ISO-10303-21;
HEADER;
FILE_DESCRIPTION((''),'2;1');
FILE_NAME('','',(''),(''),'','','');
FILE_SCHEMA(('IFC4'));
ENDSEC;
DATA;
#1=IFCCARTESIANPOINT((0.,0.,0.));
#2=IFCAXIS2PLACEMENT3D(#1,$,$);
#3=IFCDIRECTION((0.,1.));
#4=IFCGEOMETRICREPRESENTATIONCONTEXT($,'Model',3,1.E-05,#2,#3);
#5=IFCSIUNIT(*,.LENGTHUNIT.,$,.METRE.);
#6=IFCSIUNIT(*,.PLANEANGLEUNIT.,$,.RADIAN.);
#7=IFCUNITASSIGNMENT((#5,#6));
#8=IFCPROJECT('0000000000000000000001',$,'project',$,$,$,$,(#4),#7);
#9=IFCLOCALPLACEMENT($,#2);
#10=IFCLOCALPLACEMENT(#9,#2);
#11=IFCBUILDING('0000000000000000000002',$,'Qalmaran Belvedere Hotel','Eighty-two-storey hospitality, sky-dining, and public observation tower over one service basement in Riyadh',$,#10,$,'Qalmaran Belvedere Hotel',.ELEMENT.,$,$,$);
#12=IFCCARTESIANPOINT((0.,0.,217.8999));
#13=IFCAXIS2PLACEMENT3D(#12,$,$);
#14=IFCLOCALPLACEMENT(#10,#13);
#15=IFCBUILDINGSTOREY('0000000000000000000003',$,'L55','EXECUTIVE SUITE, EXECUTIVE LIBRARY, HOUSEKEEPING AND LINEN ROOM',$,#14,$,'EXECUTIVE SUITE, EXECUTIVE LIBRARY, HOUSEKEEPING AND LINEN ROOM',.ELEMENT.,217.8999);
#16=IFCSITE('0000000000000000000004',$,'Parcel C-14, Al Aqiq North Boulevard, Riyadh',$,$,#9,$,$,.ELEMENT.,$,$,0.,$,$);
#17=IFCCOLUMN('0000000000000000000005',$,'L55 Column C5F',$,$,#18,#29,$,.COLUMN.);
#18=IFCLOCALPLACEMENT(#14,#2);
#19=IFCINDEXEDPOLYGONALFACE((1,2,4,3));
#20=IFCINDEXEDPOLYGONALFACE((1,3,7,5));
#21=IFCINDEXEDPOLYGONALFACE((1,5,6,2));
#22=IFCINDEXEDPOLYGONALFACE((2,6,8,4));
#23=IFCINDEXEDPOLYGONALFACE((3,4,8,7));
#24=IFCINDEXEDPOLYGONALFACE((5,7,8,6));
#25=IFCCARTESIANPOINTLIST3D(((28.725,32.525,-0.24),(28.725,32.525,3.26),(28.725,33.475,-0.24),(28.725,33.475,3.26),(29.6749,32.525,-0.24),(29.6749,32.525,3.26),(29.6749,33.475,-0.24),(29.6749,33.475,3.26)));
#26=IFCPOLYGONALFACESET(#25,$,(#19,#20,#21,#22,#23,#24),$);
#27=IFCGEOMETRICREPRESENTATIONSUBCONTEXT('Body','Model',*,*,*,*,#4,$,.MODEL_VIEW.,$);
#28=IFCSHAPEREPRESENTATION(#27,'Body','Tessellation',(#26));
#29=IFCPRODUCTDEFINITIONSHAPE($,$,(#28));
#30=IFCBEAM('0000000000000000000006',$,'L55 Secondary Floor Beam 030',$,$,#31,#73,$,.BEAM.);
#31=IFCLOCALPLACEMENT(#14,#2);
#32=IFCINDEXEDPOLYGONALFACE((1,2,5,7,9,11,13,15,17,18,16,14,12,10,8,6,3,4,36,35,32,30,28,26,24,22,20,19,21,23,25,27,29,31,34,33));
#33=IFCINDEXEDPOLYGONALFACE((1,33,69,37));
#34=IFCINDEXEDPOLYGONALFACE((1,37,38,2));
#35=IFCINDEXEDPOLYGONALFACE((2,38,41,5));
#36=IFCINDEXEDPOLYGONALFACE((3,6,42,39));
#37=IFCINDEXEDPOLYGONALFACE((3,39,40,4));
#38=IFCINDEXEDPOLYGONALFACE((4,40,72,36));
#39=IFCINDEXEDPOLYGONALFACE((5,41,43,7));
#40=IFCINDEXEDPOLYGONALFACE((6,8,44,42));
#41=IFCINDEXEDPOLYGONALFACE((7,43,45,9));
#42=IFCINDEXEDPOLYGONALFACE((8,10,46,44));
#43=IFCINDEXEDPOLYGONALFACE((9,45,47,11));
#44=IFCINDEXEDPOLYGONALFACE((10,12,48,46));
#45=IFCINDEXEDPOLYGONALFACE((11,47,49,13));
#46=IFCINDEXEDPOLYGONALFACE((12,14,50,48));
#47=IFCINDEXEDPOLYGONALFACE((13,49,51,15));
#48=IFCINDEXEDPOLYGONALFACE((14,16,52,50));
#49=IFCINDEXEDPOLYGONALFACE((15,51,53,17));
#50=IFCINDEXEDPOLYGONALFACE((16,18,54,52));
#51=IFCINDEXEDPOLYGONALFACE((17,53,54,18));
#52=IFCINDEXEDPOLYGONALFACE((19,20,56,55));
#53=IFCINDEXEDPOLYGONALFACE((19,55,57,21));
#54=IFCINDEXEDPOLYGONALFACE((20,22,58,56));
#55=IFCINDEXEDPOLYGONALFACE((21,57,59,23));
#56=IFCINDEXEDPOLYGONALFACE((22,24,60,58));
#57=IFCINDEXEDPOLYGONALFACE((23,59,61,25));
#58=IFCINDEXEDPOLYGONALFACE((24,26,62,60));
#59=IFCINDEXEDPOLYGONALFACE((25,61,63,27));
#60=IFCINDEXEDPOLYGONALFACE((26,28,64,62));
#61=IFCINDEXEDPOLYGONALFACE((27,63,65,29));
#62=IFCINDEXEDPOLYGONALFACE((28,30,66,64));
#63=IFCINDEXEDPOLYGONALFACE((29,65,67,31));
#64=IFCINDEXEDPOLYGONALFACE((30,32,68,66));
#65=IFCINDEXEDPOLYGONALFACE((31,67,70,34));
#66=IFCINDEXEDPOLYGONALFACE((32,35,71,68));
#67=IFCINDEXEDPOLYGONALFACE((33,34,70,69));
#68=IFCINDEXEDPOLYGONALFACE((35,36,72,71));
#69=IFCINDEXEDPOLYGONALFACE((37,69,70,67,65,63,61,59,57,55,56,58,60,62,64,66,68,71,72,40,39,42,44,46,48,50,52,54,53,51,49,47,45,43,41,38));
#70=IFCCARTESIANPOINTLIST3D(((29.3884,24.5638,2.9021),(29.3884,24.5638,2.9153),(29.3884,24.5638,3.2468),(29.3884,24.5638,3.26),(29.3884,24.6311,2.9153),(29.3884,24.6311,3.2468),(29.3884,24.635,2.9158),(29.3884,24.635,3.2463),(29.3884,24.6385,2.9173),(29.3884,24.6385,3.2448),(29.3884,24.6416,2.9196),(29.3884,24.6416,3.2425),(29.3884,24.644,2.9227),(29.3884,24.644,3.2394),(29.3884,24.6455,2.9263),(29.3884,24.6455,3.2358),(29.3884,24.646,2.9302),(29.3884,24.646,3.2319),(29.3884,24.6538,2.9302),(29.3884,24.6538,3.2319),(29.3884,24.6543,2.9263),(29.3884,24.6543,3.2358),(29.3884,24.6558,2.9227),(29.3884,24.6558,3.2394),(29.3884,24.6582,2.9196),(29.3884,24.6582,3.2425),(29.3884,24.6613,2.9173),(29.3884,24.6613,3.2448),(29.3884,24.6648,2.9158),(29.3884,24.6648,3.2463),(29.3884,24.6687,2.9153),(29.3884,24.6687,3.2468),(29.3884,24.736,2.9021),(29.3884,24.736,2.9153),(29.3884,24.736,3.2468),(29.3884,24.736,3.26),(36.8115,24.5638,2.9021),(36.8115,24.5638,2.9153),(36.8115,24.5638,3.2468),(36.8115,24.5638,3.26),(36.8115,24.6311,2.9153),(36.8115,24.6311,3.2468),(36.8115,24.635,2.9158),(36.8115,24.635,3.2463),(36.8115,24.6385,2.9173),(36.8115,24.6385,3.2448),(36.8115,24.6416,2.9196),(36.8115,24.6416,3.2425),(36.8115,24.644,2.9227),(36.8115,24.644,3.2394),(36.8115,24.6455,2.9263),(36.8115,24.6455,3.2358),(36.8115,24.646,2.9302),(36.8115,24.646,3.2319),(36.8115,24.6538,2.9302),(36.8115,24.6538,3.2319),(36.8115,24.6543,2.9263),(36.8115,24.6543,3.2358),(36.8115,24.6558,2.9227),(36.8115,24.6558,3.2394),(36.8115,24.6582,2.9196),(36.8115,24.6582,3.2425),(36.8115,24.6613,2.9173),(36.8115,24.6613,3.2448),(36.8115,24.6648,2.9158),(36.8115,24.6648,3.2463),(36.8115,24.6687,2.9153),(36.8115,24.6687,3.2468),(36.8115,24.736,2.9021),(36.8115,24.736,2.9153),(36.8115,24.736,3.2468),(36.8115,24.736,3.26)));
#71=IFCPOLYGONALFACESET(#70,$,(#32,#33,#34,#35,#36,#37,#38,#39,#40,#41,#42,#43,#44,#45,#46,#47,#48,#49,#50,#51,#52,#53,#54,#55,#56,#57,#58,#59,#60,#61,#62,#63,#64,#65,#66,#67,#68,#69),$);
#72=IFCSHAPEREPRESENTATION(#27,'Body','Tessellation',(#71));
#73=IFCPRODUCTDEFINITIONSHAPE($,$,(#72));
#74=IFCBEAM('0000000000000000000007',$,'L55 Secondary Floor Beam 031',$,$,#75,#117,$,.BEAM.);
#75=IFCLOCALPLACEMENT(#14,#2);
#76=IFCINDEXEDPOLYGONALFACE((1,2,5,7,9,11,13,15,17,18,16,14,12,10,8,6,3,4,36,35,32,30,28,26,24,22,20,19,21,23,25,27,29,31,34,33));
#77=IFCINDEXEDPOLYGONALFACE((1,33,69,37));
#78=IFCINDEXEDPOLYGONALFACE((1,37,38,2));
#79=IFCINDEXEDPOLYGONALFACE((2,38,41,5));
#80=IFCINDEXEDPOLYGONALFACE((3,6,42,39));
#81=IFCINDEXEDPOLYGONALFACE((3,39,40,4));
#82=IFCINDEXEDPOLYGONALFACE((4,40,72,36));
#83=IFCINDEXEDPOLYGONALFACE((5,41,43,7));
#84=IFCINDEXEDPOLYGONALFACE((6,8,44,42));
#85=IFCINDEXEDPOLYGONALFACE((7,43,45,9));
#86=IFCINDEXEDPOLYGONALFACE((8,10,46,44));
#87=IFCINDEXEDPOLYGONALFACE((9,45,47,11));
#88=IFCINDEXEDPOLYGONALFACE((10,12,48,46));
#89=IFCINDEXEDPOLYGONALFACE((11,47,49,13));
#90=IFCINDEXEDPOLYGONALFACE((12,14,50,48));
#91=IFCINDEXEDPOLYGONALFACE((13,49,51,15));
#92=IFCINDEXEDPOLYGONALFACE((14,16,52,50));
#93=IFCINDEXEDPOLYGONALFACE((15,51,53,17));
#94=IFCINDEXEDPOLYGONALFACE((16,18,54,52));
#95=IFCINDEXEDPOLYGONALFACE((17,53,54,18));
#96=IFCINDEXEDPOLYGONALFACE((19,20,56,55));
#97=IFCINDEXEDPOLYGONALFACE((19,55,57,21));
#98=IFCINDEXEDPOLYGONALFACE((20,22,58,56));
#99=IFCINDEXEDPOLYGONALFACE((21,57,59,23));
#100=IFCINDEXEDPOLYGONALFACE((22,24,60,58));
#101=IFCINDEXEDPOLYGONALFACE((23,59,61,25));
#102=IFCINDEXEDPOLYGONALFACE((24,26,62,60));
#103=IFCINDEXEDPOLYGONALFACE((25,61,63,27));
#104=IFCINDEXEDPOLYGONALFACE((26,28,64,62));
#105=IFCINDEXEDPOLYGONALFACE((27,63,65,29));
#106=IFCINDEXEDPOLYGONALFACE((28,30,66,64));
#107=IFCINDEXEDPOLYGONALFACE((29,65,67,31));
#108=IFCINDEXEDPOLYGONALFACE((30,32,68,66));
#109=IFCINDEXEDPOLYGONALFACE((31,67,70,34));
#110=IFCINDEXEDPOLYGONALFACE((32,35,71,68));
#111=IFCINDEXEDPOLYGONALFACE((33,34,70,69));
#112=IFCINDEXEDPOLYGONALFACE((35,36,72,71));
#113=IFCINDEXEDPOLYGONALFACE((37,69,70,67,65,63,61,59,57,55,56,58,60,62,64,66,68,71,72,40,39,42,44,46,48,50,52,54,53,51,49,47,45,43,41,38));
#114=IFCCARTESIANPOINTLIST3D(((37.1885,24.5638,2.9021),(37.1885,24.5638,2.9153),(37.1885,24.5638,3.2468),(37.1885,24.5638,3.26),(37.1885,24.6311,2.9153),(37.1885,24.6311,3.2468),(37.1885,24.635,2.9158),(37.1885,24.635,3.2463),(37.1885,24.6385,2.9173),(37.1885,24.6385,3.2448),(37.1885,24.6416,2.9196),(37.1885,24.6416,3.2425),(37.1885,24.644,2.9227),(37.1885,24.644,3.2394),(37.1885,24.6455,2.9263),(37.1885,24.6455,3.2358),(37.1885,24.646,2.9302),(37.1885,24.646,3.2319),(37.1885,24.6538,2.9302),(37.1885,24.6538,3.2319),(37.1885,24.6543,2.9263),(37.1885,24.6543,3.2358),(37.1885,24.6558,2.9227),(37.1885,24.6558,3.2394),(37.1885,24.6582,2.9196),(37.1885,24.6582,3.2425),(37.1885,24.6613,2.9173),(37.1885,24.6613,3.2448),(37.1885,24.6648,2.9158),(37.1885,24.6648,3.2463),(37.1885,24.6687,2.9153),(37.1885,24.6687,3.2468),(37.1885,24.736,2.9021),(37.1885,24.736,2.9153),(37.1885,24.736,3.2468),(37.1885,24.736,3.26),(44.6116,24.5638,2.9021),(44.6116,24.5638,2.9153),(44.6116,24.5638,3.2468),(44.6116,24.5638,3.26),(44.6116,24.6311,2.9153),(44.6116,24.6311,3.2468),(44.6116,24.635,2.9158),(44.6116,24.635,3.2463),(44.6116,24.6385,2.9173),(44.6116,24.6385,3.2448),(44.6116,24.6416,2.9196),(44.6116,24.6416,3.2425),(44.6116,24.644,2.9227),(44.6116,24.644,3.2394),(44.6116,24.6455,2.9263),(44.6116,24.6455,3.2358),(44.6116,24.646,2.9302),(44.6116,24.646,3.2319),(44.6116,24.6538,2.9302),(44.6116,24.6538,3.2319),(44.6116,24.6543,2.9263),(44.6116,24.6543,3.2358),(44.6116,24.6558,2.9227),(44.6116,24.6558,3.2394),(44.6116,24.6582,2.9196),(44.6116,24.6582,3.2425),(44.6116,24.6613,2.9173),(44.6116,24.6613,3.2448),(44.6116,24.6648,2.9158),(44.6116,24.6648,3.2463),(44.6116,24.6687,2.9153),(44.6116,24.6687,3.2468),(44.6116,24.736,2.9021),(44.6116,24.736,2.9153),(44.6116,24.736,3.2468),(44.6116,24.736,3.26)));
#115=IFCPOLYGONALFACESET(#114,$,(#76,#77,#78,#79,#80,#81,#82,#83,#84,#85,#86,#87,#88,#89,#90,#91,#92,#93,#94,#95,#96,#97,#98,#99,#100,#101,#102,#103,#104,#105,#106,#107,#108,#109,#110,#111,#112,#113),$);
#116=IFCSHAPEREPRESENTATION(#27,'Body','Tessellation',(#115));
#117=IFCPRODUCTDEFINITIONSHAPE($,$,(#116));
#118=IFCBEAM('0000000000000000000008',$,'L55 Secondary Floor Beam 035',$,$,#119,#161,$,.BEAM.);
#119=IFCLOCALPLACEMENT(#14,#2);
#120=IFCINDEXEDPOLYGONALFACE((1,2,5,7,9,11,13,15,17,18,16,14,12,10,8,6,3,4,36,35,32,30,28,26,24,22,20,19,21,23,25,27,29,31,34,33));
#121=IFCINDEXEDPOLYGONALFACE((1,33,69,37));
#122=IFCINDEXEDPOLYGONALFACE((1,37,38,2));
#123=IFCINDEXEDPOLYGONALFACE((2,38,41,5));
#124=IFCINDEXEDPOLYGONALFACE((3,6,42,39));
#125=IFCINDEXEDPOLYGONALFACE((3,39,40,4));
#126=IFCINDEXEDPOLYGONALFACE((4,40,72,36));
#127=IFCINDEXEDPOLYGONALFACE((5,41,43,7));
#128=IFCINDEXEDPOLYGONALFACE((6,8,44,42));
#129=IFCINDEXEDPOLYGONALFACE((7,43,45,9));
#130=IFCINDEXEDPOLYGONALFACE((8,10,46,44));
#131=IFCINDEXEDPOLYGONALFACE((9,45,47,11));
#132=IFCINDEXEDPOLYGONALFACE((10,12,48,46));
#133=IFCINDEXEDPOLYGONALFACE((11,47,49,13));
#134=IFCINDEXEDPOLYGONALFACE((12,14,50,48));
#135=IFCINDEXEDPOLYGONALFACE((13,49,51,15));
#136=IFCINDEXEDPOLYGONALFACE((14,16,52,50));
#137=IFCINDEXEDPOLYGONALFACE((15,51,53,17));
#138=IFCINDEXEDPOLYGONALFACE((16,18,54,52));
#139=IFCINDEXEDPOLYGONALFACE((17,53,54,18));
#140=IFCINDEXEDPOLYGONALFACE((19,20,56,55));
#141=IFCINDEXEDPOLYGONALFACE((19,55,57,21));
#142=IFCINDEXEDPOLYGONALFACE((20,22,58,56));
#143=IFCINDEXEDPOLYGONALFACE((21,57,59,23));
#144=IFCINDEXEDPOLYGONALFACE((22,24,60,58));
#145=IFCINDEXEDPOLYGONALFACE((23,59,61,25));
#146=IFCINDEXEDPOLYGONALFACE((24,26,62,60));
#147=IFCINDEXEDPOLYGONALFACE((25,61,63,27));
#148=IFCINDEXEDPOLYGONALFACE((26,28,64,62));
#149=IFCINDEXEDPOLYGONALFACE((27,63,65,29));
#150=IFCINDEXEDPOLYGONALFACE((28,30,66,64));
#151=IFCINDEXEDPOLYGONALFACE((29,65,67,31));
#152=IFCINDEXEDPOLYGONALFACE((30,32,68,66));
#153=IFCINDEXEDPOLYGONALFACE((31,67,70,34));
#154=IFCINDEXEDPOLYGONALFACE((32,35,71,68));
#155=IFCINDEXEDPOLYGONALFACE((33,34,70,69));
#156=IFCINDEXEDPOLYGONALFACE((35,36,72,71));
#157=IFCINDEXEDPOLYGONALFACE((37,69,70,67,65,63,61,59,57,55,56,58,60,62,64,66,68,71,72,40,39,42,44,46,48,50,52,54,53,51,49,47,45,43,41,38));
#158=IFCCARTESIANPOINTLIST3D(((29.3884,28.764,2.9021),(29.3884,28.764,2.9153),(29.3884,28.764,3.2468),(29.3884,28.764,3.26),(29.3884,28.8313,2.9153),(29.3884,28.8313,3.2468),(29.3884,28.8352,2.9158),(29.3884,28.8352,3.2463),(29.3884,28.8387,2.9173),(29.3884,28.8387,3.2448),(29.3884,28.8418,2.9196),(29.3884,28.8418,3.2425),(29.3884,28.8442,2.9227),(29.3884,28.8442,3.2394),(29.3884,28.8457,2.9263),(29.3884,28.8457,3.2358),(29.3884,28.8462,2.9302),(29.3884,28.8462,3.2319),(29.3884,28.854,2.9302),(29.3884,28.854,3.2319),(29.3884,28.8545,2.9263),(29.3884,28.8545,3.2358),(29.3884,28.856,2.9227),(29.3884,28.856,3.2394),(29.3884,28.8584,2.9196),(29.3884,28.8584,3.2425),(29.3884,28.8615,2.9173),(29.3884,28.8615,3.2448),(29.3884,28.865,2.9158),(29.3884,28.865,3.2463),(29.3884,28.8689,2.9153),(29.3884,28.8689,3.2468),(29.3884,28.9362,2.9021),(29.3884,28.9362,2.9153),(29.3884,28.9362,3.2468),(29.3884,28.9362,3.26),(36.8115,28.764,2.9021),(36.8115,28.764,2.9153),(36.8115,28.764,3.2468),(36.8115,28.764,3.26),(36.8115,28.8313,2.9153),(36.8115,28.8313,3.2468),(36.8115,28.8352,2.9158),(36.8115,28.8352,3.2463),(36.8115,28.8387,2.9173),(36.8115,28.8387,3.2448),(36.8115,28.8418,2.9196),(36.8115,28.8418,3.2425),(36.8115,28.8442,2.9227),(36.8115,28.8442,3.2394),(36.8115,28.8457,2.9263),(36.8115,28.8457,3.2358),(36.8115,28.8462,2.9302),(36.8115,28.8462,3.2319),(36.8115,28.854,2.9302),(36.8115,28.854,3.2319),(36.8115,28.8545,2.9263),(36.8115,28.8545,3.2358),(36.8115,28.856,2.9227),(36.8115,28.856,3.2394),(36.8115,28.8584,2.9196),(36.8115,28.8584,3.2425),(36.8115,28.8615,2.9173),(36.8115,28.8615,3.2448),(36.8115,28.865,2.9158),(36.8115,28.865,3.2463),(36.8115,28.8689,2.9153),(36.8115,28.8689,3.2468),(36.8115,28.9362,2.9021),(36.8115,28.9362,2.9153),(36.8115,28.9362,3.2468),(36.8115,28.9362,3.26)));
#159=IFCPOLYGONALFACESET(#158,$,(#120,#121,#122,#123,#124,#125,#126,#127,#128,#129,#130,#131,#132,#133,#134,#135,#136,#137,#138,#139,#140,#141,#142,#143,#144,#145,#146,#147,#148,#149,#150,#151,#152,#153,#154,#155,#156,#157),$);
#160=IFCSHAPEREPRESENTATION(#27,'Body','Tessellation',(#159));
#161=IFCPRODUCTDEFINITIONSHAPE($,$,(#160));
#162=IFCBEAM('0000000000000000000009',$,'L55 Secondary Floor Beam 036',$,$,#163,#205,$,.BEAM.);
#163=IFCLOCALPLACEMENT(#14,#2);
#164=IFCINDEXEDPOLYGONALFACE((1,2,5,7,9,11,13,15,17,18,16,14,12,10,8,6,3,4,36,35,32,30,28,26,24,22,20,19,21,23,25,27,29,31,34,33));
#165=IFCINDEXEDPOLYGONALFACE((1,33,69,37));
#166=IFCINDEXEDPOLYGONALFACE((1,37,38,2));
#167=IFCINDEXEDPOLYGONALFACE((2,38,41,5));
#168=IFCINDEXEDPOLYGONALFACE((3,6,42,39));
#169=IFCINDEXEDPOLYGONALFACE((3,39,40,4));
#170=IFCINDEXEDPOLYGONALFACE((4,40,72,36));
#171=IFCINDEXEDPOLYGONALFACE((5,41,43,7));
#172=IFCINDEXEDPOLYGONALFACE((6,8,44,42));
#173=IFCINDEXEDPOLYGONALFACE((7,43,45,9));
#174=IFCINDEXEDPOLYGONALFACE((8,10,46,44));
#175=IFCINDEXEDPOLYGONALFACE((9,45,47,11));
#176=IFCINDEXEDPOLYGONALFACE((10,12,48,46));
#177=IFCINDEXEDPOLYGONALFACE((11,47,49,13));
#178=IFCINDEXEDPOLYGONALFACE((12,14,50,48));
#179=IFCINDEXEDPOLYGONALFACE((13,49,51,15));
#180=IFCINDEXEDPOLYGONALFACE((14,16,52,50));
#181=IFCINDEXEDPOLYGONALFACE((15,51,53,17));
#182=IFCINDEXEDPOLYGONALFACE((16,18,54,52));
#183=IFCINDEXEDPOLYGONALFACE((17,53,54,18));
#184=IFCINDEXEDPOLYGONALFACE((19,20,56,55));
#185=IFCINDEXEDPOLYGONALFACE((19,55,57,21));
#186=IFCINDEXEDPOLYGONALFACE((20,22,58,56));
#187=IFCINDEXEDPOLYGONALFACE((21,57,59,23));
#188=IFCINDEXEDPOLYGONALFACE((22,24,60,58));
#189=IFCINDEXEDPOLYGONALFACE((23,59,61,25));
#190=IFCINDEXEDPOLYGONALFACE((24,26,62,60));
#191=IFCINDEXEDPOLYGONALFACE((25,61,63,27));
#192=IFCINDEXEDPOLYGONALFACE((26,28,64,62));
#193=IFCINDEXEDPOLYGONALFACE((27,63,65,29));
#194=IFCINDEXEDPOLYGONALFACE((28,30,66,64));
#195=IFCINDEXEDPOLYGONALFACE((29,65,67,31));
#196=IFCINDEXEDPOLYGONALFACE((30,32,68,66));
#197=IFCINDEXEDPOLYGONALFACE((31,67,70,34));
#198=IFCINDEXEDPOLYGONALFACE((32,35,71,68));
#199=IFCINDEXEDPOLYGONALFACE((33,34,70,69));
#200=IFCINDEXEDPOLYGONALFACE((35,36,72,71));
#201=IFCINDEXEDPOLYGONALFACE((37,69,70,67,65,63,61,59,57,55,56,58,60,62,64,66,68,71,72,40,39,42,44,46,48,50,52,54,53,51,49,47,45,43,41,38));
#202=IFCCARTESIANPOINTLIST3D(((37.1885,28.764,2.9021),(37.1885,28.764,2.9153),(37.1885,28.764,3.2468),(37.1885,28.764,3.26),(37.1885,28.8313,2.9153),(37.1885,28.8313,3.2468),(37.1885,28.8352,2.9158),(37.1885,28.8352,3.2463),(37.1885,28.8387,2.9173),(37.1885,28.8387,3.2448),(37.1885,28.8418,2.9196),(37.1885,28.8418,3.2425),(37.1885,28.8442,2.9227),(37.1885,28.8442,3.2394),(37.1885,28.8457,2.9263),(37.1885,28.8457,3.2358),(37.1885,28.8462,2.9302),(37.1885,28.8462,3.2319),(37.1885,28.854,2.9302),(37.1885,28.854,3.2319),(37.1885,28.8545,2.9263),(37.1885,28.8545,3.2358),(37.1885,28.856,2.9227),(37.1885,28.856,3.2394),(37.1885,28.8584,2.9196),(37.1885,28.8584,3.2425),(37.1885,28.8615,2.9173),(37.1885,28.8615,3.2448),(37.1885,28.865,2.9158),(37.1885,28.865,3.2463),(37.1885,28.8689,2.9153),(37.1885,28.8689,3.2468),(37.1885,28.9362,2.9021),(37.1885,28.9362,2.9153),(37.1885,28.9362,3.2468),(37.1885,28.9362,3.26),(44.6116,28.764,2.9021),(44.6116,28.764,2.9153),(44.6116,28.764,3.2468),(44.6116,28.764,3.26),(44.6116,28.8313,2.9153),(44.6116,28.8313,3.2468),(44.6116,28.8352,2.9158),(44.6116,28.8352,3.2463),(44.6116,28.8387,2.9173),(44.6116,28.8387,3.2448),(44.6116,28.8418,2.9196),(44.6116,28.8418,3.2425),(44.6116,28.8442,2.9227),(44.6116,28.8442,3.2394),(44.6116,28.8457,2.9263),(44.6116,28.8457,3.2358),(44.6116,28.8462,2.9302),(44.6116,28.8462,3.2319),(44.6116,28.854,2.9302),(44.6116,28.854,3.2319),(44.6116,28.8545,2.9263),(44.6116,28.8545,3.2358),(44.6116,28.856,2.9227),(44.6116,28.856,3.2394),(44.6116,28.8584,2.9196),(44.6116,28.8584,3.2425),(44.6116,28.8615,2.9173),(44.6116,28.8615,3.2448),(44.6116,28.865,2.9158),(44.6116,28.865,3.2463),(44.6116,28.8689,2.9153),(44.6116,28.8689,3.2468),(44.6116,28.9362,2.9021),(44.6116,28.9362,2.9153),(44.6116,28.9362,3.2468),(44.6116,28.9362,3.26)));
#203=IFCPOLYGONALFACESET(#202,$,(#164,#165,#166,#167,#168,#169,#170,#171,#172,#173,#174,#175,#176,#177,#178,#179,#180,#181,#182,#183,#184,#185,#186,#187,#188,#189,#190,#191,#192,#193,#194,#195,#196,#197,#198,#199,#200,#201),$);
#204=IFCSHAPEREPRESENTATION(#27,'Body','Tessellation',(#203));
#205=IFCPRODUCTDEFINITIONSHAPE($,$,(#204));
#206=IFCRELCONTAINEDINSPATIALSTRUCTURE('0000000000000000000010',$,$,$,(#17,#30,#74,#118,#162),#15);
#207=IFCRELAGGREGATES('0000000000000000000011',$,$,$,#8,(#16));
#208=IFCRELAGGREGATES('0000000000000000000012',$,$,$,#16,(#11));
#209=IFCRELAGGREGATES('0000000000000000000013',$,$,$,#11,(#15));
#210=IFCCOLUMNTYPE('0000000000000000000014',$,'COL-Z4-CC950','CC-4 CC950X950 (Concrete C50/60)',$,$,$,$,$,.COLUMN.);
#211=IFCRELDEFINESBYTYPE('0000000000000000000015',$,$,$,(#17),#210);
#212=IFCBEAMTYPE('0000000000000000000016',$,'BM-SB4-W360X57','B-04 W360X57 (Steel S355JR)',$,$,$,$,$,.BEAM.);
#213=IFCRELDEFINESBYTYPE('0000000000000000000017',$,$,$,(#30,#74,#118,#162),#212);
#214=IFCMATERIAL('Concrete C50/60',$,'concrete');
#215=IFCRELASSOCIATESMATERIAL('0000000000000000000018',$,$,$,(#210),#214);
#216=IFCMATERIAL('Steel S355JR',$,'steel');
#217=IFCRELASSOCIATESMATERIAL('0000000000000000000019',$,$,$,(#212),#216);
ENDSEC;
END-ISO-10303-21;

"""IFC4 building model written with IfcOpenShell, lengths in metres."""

from ifc_helpers import new_model, si_unit, direction, frame, origin, origin_2d, place, context, subcontext, project, spatial, rectangle, i_section, extrude, material, material_profile, profile_set, type_object, element, save


model = new_model("IFC4")

# Units and contexts
model_context = context("Model", 3, precision=1e-05, world=origin(), true_north=direction((0.0, 1.0)))
body_context = subcontext(model_context, "Body", "Model", "MODEL_VIEW")
ifc_project = project(units=[si_unit("LENGTHUNIT", "METRE"), si_unit("PLANEANGLEUNIT", "RADIAN")], contexts=[model_context])

# Site, building, storey
site_placement = place(None, origin())
site = spatial("IfcSite", under=ifc_project, at=site_placement, Name="Parcel C-14, Al Aqiq North Boulevard, Riyadh", CompositionType="ELEMENT", RefElevation=0.0)
building_placement = place(site_placement, origin())
building = spatial("IfcBuilding", under=site, at=building_placement, Name="Qalmaran Belvedere Hotel", Description="Eighty-two-storey hospitality, sky-dining, and public observation tower over one service basement in Riyadh", LongName="Qalmaran Belvedere Hotel", CompositionType="ELEMENT")
storey_placement = place(building_placement, frame((0.0, 0.0, 217.8999)))
storey = spatial("IfcBuildingStorey", under=building, at=storey_placement, Name="L55", Description="EXECUTIVE SUITE, EXECUTIVE LIBRARY, HOUSEKEEPING AND LINEN ROOM", LongName="EXECUTIVE SUITE, EXECUTIVE LIBRARY, HOUSEKEEPING AND LINEN ROOM", CompositionType="ELEMENT", Elevation=217.8999)

# Column
ifc_material_1 = material(Name="Concrete C50/60", Category="concrete")
ifc_material_profile_1 = material_profile(ifc_material_1, rectangle(XDim=0.95, YDim=0.95, at=origin_2d()), Name="CC950X950")
ifc_profile_set_1 = profile_set([ifc_material_profile_1], Name="Concrete C50/60")
column_type = type_object("IfcColumnType", Name="COL-Z4-CC950", Description="CC-4 CC950X950 (Concrete C50/60)", PredefinedType="COLUMN", material=ifc_profile_set_1)
column_placement = place(storey_placement, frame((29.2, 33.0, -0.24), z_axis=(0.0, 0.0, 1.0), x_axis=(1.0, 0.0, 0.0)))
element("IfcColumn", 1, at=column_placement, inside=storey, type_object=column_type, Name="L55 Column C5F", PredefinedType="COLUMN", context=body_context, shape_type="SweptSolid", body=[
    extrude(rectangle(XDim=0.95, YDim=0.95, at=origin_2d()), origin(), (0.0, 0.0, 1.0), 3.5),
])

# Beams
ifc_material_2 = material(Name="Steel S355JR", Category="steel")
ifc_material_profile_2 = material_profile(ifc_material_2, i_section(OverallWidth=0.1721, OverallDepth=0.3579, WebThickness=0.0078, FlangeThickness=0.0132, FilletRadius=0.0149, at=origin_2d()), Name="W360X57")
ifc_profile_set_2 = profile_set([ifc_material_profile_2], Name="Steel S355JR")
beam_type = type_object("IfcBeamType", Name="BM-SB4-W360X57", Description="B-04 W360X57 (Steel S355JR)", PredefinedType="BEAM", material=ifc_profile_set_2)
for number, where, z_axis, x_axis, name in (
    (2, (29.3884, 24.6499, 3.0811), (1.0, 0.0, 0.0), (0.0, 1.0, 0.0), "L55 Secondary Floor Beam 030"),
    (3, (37.1885, 24.6499, 3.0811), (1.0, 0.0, 0.0), (0.0, 1.0, 0.0), "L55 Secondary Floor Beam 031"),
    (4, (29.3884, 28.8501, 3.0811), (1.0, 0.0, 0.0), (0.0, 1.0, 0.0), "L55 Secondary Floor Beam 035"),
    (5, (37.1885, 28.8501, 3.0811), (1.0, 0.0, 0.0), (0.0, 1.0, 0.0), "L55 Secondary Floor Beam 036"),
):
    element("IfcBeam", number, at=place(storey_placement, frame(where, z_axis=z_axis, x_axis=x_axis)), inside=storey, type_object=beam_type, Name=name, PredefinedType="BEAM", context=body_context, shape_type="SweptSolid", body=[
        extrude(i_section(OverallWidth=0.1721, OverallDepth=0.3579, WebThickness=0.0078, FlangeThickness=0.0132, FilletRadius=0.0149, at=origin_2d()), origin(), (0.0, 0.0, 1.0), 7.4231),
    ])

save(model, "model.ifc")
